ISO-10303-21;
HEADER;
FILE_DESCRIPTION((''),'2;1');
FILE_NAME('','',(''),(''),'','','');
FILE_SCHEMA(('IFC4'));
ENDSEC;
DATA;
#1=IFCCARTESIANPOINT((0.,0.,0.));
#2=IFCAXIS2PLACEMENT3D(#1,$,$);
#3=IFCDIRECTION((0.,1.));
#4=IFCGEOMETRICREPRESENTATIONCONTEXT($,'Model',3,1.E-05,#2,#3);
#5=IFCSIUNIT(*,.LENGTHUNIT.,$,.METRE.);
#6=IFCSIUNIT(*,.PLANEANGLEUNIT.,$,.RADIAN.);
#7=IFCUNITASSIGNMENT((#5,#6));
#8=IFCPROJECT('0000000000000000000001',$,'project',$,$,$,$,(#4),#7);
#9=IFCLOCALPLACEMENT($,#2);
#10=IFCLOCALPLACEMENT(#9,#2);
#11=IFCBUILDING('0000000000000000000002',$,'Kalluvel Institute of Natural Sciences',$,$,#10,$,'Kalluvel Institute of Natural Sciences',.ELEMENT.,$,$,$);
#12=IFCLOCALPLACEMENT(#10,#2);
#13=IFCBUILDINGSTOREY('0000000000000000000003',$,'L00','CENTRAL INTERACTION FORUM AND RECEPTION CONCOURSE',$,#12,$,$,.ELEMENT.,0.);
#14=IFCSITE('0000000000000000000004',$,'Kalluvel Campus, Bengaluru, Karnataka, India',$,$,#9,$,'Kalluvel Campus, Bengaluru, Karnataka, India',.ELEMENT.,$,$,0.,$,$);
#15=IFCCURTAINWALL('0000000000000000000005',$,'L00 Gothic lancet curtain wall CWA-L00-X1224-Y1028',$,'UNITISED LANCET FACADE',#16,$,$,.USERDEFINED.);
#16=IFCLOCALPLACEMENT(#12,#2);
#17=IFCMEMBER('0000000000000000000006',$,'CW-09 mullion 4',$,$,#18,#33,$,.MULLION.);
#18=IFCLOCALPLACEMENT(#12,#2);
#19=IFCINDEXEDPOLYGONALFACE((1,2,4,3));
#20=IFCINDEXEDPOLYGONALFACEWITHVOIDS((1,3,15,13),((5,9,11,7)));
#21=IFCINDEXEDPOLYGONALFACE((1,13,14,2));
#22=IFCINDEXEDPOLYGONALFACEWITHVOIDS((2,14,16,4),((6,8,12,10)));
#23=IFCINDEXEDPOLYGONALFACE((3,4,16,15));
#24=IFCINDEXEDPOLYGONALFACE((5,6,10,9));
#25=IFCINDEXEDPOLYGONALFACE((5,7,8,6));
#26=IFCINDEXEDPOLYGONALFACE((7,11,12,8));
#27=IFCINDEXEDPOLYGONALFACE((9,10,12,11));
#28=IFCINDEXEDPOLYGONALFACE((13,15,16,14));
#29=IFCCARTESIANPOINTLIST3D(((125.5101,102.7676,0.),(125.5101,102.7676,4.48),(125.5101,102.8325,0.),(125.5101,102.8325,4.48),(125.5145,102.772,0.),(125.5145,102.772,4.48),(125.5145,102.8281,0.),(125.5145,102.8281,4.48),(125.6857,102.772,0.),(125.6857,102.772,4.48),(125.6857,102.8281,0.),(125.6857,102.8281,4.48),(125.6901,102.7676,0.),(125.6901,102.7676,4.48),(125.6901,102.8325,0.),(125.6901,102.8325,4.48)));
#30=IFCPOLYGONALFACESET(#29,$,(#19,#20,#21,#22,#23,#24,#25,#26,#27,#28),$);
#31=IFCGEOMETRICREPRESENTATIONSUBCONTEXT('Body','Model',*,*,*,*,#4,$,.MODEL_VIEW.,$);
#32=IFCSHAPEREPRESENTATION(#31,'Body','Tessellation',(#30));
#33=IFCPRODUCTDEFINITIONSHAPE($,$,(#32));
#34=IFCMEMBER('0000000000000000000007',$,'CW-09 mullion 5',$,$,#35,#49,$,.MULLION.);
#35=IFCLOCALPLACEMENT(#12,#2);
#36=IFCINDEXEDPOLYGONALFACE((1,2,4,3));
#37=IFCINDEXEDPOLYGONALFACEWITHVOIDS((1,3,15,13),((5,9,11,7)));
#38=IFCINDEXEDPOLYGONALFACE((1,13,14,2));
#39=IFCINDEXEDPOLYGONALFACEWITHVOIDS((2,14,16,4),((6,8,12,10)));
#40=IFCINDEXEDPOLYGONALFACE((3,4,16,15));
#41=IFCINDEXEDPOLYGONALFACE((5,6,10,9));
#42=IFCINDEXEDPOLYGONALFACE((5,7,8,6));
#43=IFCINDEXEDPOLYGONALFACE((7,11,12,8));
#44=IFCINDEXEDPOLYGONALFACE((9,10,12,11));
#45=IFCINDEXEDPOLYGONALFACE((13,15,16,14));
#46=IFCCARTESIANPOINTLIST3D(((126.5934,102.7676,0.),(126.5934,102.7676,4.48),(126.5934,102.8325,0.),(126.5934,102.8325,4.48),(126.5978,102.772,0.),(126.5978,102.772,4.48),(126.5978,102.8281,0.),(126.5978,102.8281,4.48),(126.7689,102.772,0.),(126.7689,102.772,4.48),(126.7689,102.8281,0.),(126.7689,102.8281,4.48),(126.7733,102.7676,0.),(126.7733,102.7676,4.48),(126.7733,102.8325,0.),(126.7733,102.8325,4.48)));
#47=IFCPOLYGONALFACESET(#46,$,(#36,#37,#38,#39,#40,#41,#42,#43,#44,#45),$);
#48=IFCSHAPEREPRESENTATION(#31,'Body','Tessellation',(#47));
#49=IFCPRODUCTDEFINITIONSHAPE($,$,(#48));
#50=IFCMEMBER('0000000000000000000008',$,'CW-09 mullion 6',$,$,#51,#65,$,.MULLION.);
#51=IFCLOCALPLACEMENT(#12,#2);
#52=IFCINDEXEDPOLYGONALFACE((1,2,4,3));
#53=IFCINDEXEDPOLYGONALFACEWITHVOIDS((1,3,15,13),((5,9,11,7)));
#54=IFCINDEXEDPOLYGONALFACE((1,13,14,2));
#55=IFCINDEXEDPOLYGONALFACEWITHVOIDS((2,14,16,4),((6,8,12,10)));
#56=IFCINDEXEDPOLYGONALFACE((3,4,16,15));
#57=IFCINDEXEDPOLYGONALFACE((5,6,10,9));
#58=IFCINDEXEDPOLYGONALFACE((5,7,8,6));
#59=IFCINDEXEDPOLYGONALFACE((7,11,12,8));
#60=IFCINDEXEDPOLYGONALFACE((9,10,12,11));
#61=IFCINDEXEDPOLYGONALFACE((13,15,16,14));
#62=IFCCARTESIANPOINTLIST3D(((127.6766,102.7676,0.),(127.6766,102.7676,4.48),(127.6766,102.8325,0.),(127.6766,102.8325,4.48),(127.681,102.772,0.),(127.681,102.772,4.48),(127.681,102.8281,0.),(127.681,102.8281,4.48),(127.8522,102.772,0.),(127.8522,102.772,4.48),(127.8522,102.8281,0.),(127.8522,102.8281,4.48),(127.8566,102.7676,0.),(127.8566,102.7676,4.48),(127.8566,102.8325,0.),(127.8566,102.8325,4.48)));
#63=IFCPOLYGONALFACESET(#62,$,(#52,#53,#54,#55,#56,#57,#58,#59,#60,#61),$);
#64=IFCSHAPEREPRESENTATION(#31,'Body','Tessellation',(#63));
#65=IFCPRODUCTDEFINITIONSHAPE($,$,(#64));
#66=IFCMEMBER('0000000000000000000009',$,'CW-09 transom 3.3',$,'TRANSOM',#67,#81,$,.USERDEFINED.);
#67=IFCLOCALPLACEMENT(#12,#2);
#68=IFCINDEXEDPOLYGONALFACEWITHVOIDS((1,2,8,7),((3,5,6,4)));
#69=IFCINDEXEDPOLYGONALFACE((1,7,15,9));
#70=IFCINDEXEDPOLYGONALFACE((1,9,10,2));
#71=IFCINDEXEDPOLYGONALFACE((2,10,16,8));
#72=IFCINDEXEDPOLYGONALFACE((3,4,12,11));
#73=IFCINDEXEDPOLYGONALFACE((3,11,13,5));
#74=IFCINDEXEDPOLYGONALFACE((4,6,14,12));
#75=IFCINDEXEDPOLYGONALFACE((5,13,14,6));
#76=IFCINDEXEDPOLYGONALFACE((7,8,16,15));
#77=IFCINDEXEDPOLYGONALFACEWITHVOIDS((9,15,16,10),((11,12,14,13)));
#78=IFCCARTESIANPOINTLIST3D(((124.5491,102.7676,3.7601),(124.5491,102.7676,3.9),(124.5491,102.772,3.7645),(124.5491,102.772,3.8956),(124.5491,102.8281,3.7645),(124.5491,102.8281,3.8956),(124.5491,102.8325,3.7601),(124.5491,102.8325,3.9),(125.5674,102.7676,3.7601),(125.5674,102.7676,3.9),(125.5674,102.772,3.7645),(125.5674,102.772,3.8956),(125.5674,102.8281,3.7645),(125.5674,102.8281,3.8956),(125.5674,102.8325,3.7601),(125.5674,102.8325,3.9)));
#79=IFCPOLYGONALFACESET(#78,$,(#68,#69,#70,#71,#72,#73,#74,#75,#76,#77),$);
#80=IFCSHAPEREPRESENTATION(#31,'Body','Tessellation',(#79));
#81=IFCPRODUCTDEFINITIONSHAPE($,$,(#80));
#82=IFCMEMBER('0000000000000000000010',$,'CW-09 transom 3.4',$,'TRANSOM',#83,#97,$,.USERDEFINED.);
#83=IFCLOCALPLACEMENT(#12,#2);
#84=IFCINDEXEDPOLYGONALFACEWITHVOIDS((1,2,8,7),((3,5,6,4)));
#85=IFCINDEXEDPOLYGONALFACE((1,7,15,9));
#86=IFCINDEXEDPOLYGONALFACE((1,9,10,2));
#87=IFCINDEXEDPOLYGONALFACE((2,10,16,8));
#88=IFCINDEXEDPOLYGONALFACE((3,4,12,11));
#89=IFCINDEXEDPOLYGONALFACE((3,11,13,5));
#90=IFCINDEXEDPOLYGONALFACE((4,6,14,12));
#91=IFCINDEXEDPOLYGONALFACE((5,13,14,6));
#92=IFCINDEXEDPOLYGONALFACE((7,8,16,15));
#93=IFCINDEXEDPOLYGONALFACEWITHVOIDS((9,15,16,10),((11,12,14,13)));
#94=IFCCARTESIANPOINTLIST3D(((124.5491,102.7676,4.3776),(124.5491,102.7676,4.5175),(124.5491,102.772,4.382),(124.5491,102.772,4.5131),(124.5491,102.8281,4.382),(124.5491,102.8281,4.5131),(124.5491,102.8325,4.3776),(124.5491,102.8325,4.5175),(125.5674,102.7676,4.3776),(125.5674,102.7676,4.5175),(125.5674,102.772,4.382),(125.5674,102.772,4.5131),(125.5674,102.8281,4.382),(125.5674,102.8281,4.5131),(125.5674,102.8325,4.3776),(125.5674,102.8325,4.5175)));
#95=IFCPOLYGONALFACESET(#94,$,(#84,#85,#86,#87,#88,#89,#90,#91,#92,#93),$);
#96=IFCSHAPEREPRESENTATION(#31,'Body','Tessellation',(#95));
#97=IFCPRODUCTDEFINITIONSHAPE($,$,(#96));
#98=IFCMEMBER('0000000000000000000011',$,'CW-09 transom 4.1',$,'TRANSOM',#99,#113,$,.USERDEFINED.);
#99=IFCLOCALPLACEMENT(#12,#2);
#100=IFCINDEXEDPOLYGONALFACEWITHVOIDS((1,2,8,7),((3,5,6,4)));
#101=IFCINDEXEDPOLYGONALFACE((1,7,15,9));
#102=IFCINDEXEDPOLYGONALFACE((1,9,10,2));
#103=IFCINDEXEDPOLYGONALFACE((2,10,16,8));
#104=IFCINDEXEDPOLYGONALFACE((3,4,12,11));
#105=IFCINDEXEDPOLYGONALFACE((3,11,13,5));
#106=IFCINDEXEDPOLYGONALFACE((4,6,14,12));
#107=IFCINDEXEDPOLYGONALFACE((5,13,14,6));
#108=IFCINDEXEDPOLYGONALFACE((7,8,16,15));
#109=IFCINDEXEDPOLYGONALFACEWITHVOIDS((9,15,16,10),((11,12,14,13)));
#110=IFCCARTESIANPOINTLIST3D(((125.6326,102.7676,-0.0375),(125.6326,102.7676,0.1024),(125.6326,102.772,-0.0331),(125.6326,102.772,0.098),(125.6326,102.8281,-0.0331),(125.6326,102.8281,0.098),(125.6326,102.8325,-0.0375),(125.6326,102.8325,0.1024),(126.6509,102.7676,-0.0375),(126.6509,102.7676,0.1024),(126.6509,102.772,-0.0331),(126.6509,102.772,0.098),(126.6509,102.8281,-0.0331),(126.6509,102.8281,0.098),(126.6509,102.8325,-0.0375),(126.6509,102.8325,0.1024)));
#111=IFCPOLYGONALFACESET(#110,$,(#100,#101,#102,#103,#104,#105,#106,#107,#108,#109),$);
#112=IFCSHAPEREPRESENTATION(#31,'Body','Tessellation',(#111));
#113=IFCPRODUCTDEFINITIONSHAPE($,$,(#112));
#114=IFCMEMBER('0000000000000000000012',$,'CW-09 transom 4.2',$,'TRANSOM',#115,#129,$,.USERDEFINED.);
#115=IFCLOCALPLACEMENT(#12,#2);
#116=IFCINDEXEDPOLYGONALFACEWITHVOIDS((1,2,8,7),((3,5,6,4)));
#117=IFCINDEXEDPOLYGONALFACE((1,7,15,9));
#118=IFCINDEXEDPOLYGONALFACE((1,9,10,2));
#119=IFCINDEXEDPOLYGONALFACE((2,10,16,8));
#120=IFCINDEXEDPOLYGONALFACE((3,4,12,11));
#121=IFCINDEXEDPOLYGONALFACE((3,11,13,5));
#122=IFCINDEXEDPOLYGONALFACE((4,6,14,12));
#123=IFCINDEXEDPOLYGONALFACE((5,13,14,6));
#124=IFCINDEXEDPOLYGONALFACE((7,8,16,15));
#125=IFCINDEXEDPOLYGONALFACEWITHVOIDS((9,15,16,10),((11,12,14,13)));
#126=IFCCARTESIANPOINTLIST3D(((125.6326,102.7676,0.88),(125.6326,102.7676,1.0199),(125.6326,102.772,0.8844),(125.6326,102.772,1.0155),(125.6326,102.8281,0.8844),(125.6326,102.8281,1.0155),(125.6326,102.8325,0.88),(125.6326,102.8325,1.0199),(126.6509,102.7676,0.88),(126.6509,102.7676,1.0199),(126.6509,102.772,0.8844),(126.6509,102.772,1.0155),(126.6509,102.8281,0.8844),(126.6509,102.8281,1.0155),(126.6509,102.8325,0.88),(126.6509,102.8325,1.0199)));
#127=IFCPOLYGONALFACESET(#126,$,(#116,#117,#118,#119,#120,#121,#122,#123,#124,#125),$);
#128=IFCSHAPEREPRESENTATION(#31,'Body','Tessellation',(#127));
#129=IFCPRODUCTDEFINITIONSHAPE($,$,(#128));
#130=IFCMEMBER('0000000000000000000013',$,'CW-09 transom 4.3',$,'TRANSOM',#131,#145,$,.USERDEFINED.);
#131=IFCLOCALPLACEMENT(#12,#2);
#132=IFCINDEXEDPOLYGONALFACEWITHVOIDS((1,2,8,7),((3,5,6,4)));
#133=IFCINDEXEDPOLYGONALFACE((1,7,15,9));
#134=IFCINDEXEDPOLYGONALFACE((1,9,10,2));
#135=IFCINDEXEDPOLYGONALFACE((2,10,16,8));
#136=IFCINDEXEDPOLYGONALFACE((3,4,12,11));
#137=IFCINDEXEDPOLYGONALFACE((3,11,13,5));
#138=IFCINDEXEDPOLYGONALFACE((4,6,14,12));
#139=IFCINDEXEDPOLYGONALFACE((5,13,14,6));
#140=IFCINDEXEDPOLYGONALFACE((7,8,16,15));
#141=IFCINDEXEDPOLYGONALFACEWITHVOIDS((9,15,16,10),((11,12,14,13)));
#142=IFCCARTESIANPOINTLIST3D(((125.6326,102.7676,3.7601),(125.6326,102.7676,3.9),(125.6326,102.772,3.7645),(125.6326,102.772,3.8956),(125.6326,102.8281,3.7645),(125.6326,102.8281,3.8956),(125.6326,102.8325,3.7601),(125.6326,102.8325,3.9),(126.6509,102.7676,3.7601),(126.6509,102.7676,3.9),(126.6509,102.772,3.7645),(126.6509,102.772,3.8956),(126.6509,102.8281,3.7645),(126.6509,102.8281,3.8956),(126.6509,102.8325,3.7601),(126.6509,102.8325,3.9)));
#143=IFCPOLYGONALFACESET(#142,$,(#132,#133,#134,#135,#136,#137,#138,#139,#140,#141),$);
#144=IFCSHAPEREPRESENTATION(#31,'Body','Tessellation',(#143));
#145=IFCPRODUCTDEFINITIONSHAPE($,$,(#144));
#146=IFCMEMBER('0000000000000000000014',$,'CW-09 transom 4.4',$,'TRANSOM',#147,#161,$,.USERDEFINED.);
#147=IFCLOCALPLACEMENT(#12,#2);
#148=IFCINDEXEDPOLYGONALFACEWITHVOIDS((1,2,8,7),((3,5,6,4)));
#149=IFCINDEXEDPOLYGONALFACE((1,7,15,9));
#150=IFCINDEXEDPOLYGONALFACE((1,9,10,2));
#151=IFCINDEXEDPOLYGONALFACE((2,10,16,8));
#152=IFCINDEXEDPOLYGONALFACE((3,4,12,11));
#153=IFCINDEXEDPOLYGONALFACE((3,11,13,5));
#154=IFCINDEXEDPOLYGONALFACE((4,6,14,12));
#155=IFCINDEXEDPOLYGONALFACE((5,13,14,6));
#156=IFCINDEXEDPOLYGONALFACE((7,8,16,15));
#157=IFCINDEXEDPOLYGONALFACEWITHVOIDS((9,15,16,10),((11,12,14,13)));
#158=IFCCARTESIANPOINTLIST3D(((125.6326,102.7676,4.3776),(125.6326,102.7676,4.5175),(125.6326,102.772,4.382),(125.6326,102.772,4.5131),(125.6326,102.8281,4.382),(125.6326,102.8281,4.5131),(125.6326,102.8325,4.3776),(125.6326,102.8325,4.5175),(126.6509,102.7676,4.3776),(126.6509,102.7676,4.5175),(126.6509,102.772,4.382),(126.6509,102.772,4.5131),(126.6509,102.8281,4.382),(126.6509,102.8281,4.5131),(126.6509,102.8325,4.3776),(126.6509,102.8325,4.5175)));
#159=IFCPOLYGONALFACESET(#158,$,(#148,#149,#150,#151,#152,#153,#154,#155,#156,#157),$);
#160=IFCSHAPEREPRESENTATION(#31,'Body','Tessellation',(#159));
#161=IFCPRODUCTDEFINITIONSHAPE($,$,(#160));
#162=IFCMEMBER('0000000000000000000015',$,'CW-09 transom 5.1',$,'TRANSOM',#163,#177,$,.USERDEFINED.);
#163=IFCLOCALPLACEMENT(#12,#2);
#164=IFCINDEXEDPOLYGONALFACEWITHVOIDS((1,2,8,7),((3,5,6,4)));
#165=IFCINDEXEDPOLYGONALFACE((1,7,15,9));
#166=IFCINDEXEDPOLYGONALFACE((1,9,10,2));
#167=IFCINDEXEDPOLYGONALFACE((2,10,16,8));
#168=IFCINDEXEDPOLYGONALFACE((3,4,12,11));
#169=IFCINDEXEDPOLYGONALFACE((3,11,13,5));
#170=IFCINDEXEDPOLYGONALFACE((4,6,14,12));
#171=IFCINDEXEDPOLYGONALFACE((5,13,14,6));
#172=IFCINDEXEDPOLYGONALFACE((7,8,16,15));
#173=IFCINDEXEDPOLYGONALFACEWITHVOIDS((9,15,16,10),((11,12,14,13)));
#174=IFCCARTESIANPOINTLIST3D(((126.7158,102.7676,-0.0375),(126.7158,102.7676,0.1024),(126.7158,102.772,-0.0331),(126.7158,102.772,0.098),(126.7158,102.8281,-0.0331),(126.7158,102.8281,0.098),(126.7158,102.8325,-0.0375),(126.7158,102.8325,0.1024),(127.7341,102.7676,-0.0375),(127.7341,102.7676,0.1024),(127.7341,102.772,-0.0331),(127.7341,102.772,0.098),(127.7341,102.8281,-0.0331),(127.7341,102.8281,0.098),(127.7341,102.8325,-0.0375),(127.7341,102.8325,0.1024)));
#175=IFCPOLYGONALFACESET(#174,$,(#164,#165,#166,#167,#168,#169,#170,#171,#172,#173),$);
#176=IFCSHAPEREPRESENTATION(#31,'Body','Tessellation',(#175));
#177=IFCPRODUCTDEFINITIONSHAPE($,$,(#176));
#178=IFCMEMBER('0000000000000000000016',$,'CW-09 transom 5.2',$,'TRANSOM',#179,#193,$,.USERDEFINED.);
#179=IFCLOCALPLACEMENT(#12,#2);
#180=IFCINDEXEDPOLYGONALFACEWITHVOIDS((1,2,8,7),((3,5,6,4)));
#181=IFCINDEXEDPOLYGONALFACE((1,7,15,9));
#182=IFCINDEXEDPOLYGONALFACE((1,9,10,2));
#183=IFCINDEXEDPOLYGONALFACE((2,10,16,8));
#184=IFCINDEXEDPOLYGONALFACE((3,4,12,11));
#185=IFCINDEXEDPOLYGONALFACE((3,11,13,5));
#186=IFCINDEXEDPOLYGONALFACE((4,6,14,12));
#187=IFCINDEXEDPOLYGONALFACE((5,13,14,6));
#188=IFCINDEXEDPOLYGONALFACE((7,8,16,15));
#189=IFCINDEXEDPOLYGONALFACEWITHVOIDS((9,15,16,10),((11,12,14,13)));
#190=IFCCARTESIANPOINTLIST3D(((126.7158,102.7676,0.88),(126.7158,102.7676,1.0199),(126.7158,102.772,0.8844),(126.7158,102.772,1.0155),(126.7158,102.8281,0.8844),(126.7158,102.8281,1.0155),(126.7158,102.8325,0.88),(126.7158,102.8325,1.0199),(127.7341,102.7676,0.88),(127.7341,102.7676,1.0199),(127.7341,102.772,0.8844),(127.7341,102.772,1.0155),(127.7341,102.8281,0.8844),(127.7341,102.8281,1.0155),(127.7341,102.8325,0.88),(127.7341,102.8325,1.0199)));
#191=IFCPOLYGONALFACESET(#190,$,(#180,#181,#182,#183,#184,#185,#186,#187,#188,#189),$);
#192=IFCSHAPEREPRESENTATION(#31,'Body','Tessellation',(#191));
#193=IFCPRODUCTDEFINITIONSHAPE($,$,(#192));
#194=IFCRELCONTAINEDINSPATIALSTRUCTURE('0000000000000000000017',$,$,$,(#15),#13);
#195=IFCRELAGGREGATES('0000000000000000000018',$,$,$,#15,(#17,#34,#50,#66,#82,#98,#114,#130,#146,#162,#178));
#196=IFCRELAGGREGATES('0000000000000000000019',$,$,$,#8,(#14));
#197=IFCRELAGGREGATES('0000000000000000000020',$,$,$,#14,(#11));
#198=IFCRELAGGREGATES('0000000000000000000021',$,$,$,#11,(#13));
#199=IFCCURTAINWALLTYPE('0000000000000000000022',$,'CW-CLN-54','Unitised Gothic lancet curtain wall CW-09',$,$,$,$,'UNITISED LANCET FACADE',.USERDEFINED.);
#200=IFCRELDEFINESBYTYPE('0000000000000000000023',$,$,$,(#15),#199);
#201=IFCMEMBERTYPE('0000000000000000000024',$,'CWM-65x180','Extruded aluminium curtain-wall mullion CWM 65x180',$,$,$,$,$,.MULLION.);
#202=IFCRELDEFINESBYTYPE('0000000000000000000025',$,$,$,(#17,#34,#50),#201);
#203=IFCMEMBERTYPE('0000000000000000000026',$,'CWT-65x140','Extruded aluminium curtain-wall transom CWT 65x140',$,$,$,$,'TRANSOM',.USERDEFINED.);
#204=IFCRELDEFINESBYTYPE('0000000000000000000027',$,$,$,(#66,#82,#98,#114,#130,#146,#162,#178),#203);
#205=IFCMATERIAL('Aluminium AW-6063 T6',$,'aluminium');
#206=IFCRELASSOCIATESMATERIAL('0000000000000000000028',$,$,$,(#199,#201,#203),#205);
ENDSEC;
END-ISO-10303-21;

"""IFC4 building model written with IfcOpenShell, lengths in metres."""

from ifc_helpers import new_model, si_unit, direction, frame, origin, origin_2d, place, context, subcontext, project, spatial, hollow_rectangle, extrude, material, material_profile, profile_set, type_object, element, aggregate, save


model = new_model("IFC4")

# Units and contexts
model_context = context("Model", 3, precision=1e-05, world=origin(), true_north=direction((0.0, 1.0)))
body_context = subcontext(model_context, "Body", "Model", "MODEL_VIEW")
ifc_project = project(units=[si_unit("LENGTHUNIT", "METRE"), si_unit("PLANEANGLEUNIT", "RADIAN")], contexts=[model_context])

# Site, building, storey
site_placement = place(None, origin())
site = spatial("IfcSite", under=ifc_project, at=site_placement, Name="Kalluvel Campus, Bengaluru, Karnataka, India", LongName="Kalluvel Campus, Bengaluru, Karnataka, India", CompositionType="ELEMENT", RefElevation=0.0)
building_placement = place(site_placement, origin())
building = spatial("IfcBuilding", under=site, at=building_placement, Name="Kalluvel Institute of Natural Sciences", LongName="Kalluvel Institute of Natural Sciences", CompositionType="ELEMENT")
storey_placement = place(building_placement, origin())
storey = spatial("IfcBuildingStorey", under=building, at=storey_placement, Name="L00", Description="CENTRAL INTERACTION FORUM AND RECEPTION CONCOURSE", CompositionType="ELEMENT", Elevation=0.0)

# Curtain wall, members
ifc_material_1 = material(Name="Aluminium AW-6063 T6", Category="aluminium")
curtain_wall_type = type_object("IfcCurtainWallType", Name="CW-CLN-54", Description="Unitised Gothic lancet curtain wall CW-09", ElementType="UNITISED LANCET FACADE", PredefinedType="USERDEFINED", material=ifc_material_1)
curtain_wall_placement = place(storey_placement, origin())
curtain_wall = element("IfcCurtainWall", 1, at=curtain_wall_placement, inside=storey, type_object=curtain_wall_type, Name="L00 Gothic lancet curtain wall CWA-L00-X1224-Y1028", ObjectType="UNITISED LANCET FACADE", PredefinedType="USERDEFINED")
ifc_material_profile_1 = material_profile(ifc_material_1, hollow_rectangle(XDim=0.0649, YDim=0.1799, WallThickness=0.0044, at=origin_2d()), Name="CWM 65x180")
ifc_profile_set_1 = profile_set([ifc_material_profile_1], Name="Aluminium AW-6063 T6")
member_type_1 = type_object("IfcMemberType", Name="CWM-65x180", Description="Extruded aluminium curtain-wall mullion CWM 65x180", PredefinedType="MULLION", material=ifc_profile_set_1)
member_1_placement = place(storey_placement, frame((125.6001, 102.8, 0.0), z_axis=(0.0, 0.0, 1.0), x_axis=(0.0, 1.0, 0.0)))
member_1 = element("IfcMember", 2, at=member_1_placement, type_object=member_type_1, Name="CW-09 mullion 4", PredefinedType="MULLION", context=body_context, shape_type="SweptSolid", body=[
    extrude(hollow_rectangle(XDim=0.0649, YDim=0.1799, WallThickness=0.0044, at=origin_2d()), origin(), (0.0, 0.0, 1.0), 4.48),
])
member_2_placement = place(storey_placement, frame((126.6833, 102.8, 0.0), z_axis=(0.0, 0.0, 1.0), x_axis=(0.0, 1.0, 0.0)))
member_2 = element("IfcMember", 3, at=member_2_placement, type_object=member_type_1, Name="CW-09 mullion 5", PredefinedType="MULLION", context=body_context, shape_type="SweptSolid", body=[
    extrude(hollow_rectangle(XDim=0.0649, YDim=0.1799, WallThickness=0.0044, at=origin_2d()), origin(), (0.0, 0.0, 1.0), 4.48),
])
member_3_placement = place(storey_placement, frame((127.7666, 102.8, 0.0), z_axis=(0.0, 0.0, 1.0), x_axis=(0.0, 1.0, 0.0)))
member_3 = element("IfcMember", 4, at=member_3_placement, type_object=member_type_1, Name="CW-09 mullion 6", PredefinedType="MULLION", context=body_context, shape_type="SweptSolid", body=[
    extrude(hollow_rectangle(XDim=0.0649, YDim=0.1799, WallThickness=0.0044, at=origin_2d()), origin(), (0.0, 0.0, 1.0), 4.48),
])
ifc_material_profile_2 = material_profile(ifc_material_1, hollow_rectangle(XDim=0.0649, YDim=0.1399, WallThickness=0.0044, at=origin_2d()), Name="CWT 65x140")
ifc_profile_set_2 = profile_set([ifc_material_profile_2], Name="Aluminium AW-6063 T6")
member_type_2 = type_object("IfcMemberType", Name="CWT-65x140", Description="Extruded aluminium curtain-wall transom CWT 65x140", ElementType="TRANSOM", PredefinedType="USERDEFINED", material=ifc_profile_set_2)
member_4_placement = place(storey_placement, frame((124.5491, 102.8, 3.8301), z_axis=(1.0, 0.0, 0.0), x_axis=(0.0, 1.0, 0.0)))
member_4 = element("IfcMember", 5, at=member_4_placement, type_object=member_type_2, Name="CW-09 transom 3.3", ObjectType="TRANSOM", PredefinedType="USERDEFINED", context=body_context, shape_type="SweptSolid", body=[
    extrude(hollow_rectangle(XDim=0.0649, YDim=0.1399, WallThickness=0.0044, at=origin_2d()), origin(), (0.0, 0.0, 1.0), 1.0183),
])
member_5_placement = place(storey_placement, frame((124.5491, 102.8, 4.4475), z_axis=(1.0, 0.0, 0.0), x_axis=(0.0, 1.0, 0.0)))
member_5 = element("IfcMember", 6, at=member_5_placement, type_object=member_type_2, Name="CW-09 transom 3.4", ObjectType="TRANSOM", PredefinedType="USERDEFINED", context=body_context, shape_type="SweptSolid", body=[
    extrude(hollow_rectangle(XDim=0.0649, YDim=0.1399, WallThickness=0.0044, at=origin_2d()), origin(), (0.0, 0.0, 1.0), 1.0183),
])
member_6_placement = place(storey_placement, frame((125.6326, 102.8, 0.0325), z_axis=(1.0, 0.0, 0.0), x_axis=(0.0, 1.0, 0.0)))
member_6 = element("IfcMember", 7, at=member_6_placement, type_object=member_type_2, Name="CW-09 transom 4.1", ObjectType="TRANSOM", PredefinedType="USERDEFINED", context=body_context, shape_type="SweptSolid", body=[
    extrude(hollow_rectangle(XDim=0.0649, YDim=0.1399, WallThickness=0.0044, at=origin_2d()), origin(), (0.0, 0.0, 1.0), 1.0183),
])
member_7_placement = place(storey_placement, frame((125.6326, 102.8, 0.95), z_axis=(1.0, 0.0, 0.0), x_axis=(0.0, 1.0, 0.0)))
member_7 = element("IfcMember", 8, at=member_7_placement, type_object=member_type_2, Name="CW-09 transom 4.2", ObjectType="TRANSOM", PredefinedType="USERDEFINED", context=body_context, shape_type="SweptSolid", body=[
    extrude(hollow_rectangle(XDim=0.0649, YDim=0.1399, WallThickness=0.0044, at=origin_2d()), origin(), (0.0, 0.0, 1.0), 1.0183),
])
member_8_placement = place(storey_placement, frame((125.6326, 102.8, 3.8301), z_axis=(1.0, 0.0, 0.0), x_axis=(0.0, 1.0, 0.0)))
member_8 = element("IfcMember", 9, at=member_8_placement, type_object=member_type_2, Name="CW-09 transom 4.3", ObjectType="TRANSOM", PredefinedType="USERDEFINED", context=body_context, shape_type="SweptSolid", body=[
    extrude(hollow_rectangle(XDim=0.0649, YDim=0.1399, WallThickness=0.0044, at=origin_2d()), origin(), (0.0, 0.0, 1.0), 1.0183),
])
member_9_placement = place(storey_placement, frame((125.6326, 102.8, 4.4475), z_axis=(1.0, 0.0, 0.0), x_axis=(0.0, 1.0, 0.0)))
member_9 = element("IfcMember", 10, at=member_9_placement, type_object=member_type_2, Name="CW-09 transom 4.4", ObjectType="TRANSOM", PredefinedType="USERDEFINED", context=body_context, shape_type="SweptSolid", body=[
    extrude(hollow_rectangle(XDim=0.0649, YDim=0.1399, WallThickness=0.0044, at=origin_2d()), origin(), (0.0, 0.0, 1.0), 1.0183),
])
member_10_placement = place(storey_placement, frame((126.7158, 102.8, 0.0325), z_axis=(1.0, 0.0, 0.0), x_axis=(0.0, 1.0, 0.0)))
member_10 = element("IfcMember", 11, at=member_10_placement, type_object=member_type_2, Name="CW-09 transom 5.1", ObjectType="TRANSOM", PredefinedType="USERDEFINED", context=body_context, shape_type="SweptSolid", body=[
    extrude(hollow_rectangle(XDim=0.0649, YDim=0.1399, WallThickness=0.0044, at=origin_2d()), origin(), (0.0, 0.0, 1.0), 1.0183),
])
member_11_placement = place(storey_placement, frame((126.7158, 102.8, 0.95), z_axis=(1.0, 0.0, 0.0), x_axis=(0.0, 1.0, 0.0)))
member_11 = element("IfcMember", 12, at=member_11_placement, type_object=member_type_2, Name="CW-09 transom 5.2", ObjectType="TRANSOM", PredefinedType="USERDEFINED", context=body_context, shape_type="SweptSolid", body=[
    extrude(hollow_rectangle(XDim=0.0649, YDim=0.1399, WallThickness=0.0044, at=origin_2d()), origin(), (0.0, 0.0, 1.0), 1.0183),
])
aggregate(curtain_wall, [member_1, member_2, member_3, member_4, member_5, member_6, member_7, member_8, member_9, member_10, member_11])

save(model, "model.ifc")
